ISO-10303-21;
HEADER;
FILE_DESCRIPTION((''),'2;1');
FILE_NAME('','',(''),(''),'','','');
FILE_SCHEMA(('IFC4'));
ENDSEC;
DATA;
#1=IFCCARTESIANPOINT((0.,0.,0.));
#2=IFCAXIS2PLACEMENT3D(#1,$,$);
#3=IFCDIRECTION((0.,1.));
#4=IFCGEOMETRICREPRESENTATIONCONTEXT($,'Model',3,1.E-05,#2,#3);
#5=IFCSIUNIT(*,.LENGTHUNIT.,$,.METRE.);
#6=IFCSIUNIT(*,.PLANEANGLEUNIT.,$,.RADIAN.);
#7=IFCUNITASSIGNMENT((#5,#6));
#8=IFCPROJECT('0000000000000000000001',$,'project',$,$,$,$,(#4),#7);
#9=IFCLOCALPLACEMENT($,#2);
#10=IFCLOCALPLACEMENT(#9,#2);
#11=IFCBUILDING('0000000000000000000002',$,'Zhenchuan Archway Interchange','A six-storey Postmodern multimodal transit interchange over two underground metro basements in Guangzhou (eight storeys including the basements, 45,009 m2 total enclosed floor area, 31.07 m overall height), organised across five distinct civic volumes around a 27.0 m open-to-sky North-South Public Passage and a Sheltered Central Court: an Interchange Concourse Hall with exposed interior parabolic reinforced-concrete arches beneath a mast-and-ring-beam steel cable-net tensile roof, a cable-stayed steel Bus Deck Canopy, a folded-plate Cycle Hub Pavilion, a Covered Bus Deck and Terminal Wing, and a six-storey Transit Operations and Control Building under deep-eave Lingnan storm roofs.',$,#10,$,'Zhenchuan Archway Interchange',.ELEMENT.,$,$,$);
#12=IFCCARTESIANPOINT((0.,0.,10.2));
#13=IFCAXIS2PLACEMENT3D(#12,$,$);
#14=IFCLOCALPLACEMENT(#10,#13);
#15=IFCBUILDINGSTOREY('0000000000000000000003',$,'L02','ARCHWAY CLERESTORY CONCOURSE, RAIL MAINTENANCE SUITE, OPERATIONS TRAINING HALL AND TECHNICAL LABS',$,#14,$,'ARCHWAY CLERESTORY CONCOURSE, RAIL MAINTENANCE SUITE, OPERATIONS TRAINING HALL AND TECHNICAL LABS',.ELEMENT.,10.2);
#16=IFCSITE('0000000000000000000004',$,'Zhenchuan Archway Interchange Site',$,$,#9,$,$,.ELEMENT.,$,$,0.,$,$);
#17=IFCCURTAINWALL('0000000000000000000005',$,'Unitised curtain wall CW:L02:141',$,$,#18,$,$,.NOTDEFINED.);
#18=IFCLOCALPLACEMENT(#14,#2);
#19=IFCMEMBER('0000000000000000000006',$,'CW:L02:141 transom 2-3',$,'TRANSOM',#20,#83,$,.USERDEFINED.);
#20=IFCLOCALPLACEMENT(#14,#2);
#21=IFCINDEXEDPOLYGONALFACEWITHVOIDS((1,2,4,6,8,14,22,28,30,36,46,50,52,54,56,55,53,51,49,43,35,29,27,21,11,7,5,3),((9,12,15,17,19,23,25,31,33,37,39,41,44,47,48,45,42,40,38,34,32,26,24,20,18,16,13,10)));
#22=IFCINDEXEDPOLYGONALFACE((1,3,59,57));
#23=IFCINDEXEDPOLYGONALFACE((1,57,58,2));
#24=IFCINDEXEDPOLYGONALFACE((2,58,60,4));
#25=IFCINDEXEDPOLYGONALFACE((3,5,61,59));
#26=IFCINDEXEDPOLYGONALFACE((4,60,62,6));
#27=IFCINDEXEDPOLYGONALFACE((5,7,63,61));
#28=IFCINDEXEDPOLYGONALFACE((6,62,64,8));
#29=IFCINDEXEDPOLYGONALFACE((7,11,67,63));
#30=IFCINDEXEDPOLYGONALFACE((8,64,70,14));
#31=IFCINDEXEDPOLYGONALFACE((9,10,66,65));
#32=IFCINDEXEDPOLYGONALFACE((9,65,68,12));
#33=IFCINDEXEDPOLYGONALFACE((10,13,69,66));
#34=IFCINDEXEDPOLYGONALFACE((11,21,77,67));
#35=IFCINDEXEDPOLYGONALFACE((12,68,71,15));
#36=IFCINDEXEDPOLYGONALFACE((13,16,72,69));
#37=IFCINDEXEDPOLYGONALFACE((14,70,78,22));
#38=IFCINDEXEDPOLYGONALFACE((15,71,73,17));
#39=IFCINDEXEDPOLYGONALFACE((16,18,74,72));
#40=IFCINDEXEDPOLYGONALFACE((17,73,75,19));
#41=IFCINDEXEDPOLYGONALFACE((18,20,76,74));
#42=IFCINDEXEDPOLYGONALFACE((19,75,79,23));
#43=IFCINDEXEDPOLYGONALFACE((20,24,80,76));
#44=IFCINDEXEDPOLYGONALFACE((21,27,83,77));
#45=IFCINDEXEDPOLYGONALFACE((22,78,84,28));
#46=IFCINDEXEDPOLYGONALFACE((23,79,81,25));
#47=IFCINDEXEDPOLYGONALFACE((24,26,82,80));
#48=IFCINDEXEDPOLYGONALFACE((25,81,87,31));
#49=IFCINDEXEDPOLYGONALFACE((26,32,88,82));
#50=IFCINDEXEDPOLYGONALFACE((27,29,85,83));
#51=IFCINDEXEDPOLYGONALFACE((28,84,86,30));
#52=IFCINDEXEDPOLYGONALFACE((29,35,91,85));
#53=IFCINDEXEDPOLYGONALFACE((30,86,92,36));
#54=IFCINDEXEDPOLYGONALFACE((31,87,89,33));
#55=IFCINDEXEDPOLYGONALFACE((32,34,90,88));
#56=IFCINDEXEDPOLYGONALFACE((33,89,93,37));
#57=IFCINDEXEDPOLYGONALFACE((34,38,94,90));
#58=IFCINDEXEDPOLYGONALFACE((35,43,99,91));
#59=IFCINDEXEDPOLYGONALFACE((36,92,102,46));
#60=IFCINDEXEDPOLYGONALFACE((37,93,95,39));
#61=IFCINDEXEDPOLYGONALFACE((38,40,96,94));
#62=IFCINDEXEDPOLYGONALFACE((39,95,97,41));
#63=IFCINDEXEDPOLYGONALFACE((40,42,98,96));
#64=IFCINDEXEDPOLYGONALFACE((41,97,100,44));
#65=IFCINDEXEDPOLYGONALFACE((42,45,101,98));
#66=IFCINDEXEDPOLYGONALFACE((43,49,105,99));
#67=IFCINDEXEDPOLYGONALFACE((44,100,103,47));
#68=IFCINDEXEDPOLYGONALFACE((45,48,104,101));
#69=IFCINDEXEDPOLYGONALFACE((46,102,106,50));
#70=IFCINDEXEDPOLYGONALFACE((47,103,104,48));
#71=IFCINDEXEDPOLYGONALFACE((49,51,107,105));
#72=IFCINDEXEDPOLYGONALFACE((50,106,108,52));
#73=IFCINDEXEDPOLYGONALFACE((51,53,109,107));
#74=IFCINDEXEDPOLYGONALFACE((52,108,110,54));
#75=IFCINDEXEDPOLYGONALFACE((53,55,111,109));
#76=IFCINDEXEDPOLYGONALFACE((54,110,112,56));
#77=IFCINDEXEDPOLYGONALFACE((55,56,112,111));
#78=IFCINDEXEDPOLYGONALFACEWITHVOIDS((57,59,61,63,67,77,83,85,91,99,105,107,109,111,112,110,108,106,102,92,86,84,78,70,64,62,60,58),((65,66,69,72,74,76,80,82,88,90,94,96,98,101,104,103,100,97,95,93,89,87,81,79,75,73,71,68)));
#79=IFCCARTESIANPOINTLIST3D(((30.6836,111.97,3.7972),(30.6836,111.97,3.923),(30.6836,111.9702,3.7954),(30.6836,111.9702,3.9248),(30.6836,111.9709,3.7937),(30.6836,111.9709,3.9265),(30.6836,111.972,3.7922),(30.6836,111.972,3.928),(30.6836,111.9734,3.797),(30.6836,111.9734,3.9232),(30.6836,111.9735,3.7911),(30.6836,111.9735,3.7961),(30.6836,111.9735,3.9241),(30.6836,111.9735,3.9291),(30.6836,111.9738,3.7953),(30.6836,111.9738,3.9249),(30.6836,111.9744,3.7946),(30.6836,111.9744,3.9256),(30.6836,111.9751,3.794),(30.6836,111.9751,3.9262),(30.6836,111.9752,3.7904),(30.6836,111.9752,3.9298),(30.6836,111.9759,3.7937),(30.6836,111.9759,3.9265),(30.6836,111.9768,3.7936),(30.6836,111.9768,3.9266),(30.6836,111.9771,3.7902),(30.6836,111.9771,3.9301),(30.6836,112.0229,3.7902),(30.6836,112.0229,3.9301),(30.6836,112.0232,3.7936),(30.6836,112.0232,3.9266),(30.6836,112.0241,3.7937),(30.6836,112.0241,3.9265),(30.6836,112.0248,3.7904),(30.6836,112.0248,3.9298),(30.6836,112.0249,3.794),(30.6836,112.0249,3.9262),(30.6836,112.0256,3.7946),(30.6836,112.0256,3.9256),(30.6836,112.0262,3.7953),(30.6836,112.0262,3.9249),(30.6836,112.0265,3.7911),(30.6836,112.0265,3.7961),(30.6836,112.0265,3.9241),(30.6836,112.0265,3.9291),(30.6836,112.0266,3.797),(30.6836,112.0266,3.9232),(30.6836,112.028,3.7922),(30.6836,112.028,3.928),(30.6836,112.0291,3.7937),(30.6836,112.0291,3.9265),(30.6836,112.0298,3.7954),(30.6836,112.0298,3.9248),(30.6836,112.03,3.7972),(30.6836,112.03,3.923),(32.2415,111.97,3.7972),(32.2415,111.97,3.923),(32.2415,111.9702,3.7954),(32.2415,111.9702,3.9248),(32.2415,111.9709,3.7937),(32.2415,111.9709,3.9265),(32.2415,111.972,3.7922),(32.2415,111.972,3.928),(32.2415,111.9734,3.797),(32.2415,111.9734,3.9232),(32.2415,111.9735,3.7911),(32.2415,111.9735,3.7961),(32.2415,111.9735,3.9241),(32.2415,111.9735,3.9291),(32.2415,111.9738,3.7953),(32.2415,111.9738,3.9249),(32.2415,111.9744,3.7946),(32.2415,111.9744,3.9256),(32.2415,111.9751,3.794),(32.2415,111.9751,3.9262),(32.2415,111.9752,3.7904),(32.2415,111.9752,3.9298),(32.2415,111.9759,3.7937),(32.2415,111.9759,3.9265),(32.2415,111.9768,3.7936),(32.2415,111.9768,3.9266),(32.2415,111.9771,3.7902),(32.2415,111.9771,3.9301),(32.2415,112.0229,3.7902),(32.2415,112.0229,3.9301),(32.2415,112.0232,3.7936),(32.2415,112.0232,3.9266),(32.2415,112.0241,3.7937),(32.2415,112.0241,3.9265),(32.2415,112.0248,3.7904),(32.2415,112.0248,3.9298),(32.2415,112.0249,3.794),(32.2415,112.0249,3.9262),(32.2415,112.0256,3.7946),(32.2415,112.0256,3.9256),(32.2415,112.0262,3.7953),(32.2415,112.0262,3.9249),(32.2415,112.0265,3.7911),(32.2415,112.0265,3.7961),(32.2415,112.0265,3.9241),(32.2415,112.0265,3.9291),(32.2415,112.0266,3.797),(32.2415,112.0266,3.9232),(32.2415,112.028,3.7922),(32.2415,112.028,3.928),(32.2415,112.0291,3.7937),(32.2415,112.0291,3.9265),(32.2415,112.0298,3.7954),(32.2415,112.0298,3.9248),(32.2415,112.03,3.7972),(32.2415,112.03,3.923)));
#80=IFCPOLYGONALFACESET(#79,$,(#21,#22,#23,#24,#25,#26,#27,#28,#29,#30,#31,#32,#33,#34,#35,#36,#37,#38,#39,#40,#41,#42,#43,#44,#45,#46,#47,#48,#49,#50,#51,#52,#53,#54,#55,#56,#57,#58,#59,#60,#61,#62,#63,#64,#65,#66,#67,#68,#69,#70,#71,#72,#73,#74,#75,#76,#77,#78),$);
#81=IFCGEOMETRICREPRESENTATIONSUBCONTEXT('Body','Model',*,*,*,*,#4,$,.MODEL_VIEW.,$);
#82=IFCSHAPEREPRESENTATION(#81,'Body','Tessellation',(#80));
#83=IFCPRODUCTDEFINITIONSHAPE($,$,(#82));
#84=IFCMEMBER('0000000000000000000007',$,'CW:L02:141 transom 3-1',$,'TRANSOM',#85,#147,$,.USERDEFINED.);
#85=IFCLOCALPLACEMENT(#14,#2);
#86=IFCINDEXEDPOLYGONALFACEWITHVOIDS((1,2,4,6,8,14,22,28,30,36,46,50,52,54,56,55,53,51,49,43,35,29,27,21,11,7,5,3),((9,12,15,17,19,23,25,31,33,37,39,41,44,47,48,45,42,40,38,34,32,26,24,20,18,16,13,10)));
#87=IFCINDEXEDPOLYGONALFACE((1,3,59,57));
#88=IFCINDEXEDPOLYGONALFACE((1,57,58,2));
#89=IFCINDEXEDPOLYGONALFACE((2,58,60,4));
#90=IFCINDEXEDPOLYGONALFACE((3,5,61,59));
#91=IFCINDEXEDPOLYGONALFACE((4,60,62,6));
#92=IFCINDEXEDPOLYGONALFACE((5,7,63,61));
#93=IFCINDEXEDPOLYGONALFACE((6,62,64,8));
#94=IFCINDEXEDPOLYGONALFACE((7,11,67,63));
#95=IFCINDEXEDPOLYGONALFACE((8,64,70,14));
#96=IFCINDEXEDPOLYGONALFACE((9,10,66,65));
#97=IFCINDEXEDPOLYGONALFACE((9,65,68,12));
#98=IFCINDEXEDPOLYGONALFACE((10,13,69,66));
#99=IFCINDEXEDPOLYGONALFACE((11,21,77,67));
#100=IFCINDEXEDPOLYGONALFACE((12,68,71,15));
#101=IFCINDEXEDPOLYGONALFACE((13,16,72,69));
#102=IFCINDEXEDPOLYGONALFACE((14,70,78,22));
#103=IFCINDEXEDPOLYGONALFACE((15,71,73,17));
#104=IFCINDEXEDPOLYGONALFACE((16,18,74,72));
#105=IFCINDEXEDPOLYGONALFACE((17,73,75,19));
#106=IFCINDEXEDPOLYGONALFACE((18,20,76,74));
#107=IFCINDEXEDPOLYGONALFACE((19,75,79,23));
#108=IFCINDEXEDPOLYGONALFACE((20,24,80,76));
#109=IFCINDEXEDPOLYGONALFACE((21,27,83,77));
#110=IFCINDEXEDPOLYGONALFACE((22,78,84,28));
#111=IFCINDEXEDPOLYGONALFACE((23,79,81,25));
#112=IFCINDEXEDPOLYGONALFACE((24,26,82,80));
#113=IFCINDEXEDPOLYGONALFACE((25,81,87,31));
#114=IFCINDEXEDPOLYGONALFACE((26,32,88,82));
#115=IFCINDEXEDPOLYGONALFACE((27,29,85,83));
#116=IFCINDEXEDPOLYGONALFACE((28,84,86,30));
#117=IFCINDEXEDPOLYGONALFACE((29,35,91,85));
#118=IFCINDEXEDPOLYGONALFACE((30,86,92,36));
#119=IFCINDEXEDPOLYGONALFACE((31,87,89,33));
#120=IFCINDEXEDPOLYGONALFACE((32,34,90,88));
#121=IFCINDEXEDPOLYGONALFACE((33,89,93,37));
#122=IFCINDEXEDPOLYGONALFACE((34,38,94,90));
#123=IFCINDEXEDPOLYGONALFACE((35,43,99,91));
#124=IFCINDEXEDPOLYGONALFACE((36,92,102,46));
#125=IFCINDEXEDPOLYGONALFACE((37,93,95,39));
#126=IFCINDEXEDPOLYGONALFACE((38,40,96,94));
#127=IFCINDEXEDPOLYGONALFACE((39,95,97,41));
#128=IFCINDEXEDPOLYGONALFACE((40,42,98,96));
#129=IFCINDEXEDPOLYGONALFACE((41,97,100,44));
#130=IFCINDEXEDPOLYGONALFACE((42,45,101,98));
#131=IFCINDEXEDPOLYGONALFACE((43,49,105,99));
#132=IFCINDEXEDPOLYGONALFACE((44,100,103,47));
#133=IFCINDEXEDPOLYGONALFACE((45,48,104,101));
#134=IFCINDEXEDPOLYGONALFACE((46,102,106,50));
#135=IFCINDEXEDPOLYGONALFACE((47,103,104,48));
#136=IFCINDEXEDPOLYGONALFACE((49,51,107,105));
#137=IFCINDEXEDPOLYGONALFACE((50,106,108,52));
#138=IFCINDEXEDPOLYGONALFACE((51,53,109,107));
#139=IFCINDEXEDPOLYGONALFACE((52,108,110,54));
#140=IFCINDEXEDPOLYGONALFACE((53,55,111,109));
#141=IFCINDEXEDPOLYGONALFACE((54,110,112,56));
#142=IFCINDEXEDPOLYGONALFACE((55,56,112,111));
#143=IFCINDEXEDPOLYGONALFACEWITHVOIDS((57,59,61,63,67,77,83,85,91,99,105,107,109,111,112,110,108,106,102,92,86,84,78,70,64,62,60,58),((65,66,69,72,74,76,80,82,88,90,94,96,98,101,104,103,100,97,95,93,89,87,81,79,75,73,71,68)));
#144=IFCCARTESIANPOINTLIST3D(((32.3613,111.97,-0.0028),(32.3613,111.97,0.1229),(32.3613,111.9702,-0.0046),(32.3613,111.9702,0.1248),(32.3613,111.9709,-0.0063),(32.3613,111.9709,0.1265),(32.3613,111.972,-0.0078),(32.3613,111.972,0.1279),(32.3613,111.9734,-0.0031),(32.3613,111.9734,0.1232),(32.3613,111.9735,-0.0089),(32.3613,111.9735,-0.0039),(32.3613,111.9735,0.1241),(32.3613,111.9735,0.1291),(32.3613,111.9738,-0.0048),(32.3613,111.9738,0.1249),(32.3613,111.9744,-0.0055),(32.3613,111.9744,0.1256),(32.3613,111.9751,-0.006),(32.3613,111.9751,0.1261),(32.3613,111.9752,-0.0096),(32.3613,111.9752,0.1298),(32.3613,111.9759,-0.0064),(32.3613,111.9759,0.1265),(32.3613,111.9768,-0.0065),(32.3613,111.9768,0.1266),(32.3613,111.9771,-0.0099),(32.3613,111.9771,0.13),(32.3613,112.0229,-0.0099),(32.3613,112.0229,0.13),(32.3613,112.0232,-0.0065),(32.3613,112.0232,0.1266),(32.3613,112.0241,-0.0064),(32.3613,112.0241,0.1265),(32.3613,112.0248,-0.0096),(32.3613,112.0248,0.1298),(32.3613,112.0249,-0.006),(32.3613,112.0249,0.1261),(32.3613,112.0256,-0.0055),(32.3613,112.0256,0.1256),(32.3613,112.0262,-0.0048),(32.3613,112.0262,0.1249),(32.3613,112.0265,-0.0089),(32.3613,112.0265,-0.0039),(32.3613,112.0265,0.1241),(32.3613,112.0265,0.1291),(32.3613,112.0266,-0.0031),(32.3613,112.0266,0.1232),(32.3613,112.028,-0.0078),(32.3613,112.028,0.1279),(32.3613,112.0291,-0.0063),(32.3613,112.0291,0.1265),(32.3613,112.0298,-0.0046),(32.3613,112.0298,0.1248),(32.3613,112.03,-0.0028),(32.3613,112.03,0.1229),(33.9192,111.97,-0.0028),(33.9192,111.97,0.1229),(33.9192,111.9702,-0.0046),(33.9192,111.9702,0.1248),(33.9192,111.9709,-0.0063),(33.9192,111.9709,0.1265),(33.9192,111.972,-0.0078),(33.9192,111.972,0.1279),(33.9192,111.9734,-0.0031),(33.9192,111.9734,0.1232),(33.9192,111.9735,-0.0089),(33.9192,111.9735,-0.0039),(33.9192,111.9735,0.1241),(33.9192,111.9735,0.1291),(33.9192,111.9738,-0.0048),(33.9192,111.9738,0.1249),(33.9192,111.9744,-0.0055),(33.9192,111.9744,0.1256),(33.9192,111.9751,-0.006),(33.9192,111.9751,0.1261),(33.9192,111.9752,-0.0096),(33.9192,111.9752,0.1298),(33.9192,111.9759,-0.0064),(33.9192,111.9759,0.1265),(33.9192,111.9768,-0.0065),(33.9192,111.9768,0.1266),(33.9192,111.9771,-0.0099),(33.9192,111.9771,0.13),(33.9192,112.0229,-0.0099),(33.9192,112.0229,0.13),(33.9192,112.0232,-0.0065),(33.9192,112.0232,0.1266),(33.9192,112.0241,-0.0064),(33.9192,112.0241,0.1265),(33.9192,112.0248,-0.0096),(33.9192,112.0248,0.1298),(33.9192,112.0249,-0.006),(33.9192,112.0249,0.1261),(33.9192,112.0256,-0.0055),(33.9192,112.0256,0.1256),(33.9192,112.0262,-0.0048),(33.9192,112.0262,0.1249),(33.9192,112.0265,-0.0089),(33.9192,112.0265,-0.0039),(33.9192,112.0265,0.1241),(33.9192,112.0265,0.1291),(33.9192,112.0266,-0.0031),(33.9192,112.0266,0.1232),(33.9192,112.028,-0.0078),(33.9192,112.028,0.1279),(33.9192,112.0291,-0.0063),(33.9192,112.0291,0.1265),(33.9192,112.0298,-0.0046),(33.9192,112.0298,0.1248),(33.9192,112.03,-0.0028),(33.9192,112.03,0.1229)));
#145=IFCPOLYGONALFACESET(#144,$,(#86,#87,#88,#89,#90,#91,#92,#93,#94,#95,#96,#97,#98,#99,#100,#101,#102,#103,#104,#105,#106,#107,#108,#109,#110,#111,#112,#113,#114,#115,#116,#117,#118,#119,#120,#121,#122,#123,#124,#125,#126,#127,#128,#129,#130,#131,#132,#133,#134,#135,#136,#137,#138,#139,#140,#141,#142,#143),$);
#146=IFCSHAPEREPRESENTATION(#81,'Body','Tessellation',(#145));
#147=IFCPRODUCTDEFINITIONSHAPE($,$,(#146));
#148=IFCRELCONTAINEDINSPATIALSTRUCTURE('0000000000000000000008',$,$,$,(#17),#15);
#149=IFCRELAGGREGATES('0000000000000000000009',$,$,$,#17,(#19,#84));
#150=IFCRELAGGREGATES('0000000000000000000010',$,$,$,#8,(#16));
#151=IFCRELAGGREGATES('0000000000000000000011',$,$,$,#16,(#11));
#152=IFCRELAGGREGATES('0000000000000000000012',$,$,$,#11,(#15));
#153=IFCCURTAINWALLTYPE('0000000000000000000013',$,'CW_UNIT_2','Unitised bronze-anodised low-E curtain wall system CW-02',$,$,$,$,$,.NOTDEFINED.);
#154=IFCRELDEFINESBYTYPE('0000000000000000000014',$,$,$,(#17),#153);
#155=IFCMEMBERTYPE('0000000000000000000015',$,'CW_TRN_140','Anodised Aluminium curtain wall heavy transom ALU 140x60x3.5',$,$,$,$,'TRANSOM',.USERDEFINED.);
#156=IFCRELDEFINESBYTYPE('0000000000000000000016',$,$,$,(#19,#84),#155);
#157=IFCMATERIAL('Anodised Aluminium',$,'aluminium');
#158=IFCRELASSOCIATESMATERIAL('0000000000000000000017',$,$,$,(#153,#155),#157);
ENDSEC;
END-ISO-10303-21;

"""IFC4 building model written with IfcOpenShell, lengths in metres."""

from ifc_helpers import new_model, si_unit, direction, frame, origin, origin_2d, place, context, subcontext, project, spatial, hollow_rectangle, extrude, material, material_profile, profile_set, type_object, element, aggregate, save


model = new_model("IFC4")

# Units and contexts
model_context = context("Model", 3, precision=1e-05, world=origin(), true_north=direction((0.0, 1.0)))
body_context = subcontext(model_context, "Body", "Model", "MODEL_VIEW")
ifc_project = project(units=[si_unit("LENGTHUNIT", "METRE"), si_unit("PLANEANGLEUNIT", "RADIAN")], contexts=[model_context])

# Site, building, storey
site_placement = place(None, origin())
site = spatial("IfcSite", under=ifc_project, at=site_placement, Name="Zhenchuan Archway Interchange Site", CompositionType="ELEMENT", RefElevation=0.0)
building_placement = place(site_placement, origin())
building = spatial("IfcBuilding", under=site, at=building_placement, Name="Zhenchuan Archway Interchange", Description="A six-storey Postmodern multimodal transit interchange over two underground metro basements in Guangzhou (eight storeys including the basements, 45,009 m2 total enclosed floor area, 31.07 m overall height), organised across five distinct civic volumes around a 27.0 m open-to-sky North-South Public Passage and a Sheltered Central Court: an Interchange Concourse Hall with exposed interior parabolic reinforced-concrete arches beneath a mast-and-ring-beam steel cable-net tensile roof, a cable-stayed steel Bus Deck Canopy, a folded-plate Cycle Hub Pavilion, a Covered Bus Deck and Terminal Wing, and a six-storey Transit Operations and Control Building under deep-eave Lingnan storm roofs.", LongName="Zhenchuan Archway Interchange", CompositionType="ELEMENT")
storey_placement = place(building_placement, frame((0.0, 0.0, 10.2)))
storey = spatial("IfcBuildingStorey", under=building, at=storey_placement, Name="L02", Description="ARCHWAY CLERESTORY CONCOURSE, RAIL MAINTENANCE SUITE, OPERATIONS TRAINING HALL AND TECHNICAL LABS", LongName="ARCHWAY CLERESTORY CONCOURSE, RAIL MAINTENANCE SUITE, OPERATIONS TRAINING HALL AND TECHNICAL LABS", CompositionType="ELEMENT", Elevation=10.2)

# Curtain wall, members
ifc_material_1 = material(Name="Anodised Aluminium", Category="aluminium")
curtain_wall_type = type_object("IfcCurtainWallType", Name="CW_UNIT_2", Description="Unitised bronze-anodised low-E curtain wall system CW-02", PredefinedType="NOTDEFINED", material=ifc_material_1)
curtain_wall_placement = place(storey_placement, origin())
curtain_wall = element("IfcCurtainWall", 1, at=curtain_wall_placement, inside=storey, type_object=curtain_wall_type, Name="Unitised curtain wall CW:L02:141", PredefinedType="NOTDEFINED")
ifc_material_profile_1 = material_profile(ifc_material_1, hollow_rectangle(XDim=0.0601, YDim=0.1399, WallThickness=0.0034, InnerFilletRadius=0.0034, OuterFilletRadius=0.0071, at=origin_2d()), Name="ALU 140x60x3.5")
ifc_profile_set_1 = profile_set([ifc_material_profile_1], Name="Anodised Aluminium")
member_type_1 = type_object("IfcMemberType", Name="CW_TRN_140", Description="Anodised Aluminium curtain wall heavy transom ALU 140x60x3.5", ElementType="TRANSOM", PredefinedType="USERDEFINED", material=ifc_profile_set_1)
member_1_placement = place(storey_placement, frame((30.6836, 112.0, 3.8601), z_axis=(1.0, 0.0, 0.0), x_axis=(0.0, 1.0, 0.0)))
member_1 = element("IfcMember", 2, at=member_1_placement, type_object=member_type_1, Name="CW:L02:141 transom 2-3", ObjectType="TRANSOM", PredefinedType="USERDEFINED", context=body_context, shape_type="SweptSolid", body=[
    extrude(hollow_rectangle(XDim=0.0601, YDim=0.1399, WallThickness=0.0034, InnerFilletRadius=0.0034, OuterFilletRadius=0.0071, at=origin_2d()), origin(), (0.0, 0.0, 1.0), 1.5579),
])
member_2_placement = place(storey_placement, frame((32.3613, 112.0, 0.0601), z_axis=(1.0, 0.0, 0.0), x_axis=(0.0, 1.0, 0.0)))
member_2 = element("IfcMember", 3, at=member_2_placement, type_object=member_type_1, Name="CW:L02:141 transom 3-1", ObjectType="TRANSOM", PredefinedType="USERDEFINED", context=body_context, shape_type="SweptSolid", body=[
    extrude(hollow_rectangle(XDim=0.0601, YDim=0.1399, WallThickness=0.0034, InnerFilletRadius=0.0034, OuterFilletRadius=0.0071, at=origin_2d()), origin(), (0.0, 0.0, 1.0), 1.5579),
])

aggregate(curtain_wall, [member_1, member_2])

save(model, "model.ifc")
